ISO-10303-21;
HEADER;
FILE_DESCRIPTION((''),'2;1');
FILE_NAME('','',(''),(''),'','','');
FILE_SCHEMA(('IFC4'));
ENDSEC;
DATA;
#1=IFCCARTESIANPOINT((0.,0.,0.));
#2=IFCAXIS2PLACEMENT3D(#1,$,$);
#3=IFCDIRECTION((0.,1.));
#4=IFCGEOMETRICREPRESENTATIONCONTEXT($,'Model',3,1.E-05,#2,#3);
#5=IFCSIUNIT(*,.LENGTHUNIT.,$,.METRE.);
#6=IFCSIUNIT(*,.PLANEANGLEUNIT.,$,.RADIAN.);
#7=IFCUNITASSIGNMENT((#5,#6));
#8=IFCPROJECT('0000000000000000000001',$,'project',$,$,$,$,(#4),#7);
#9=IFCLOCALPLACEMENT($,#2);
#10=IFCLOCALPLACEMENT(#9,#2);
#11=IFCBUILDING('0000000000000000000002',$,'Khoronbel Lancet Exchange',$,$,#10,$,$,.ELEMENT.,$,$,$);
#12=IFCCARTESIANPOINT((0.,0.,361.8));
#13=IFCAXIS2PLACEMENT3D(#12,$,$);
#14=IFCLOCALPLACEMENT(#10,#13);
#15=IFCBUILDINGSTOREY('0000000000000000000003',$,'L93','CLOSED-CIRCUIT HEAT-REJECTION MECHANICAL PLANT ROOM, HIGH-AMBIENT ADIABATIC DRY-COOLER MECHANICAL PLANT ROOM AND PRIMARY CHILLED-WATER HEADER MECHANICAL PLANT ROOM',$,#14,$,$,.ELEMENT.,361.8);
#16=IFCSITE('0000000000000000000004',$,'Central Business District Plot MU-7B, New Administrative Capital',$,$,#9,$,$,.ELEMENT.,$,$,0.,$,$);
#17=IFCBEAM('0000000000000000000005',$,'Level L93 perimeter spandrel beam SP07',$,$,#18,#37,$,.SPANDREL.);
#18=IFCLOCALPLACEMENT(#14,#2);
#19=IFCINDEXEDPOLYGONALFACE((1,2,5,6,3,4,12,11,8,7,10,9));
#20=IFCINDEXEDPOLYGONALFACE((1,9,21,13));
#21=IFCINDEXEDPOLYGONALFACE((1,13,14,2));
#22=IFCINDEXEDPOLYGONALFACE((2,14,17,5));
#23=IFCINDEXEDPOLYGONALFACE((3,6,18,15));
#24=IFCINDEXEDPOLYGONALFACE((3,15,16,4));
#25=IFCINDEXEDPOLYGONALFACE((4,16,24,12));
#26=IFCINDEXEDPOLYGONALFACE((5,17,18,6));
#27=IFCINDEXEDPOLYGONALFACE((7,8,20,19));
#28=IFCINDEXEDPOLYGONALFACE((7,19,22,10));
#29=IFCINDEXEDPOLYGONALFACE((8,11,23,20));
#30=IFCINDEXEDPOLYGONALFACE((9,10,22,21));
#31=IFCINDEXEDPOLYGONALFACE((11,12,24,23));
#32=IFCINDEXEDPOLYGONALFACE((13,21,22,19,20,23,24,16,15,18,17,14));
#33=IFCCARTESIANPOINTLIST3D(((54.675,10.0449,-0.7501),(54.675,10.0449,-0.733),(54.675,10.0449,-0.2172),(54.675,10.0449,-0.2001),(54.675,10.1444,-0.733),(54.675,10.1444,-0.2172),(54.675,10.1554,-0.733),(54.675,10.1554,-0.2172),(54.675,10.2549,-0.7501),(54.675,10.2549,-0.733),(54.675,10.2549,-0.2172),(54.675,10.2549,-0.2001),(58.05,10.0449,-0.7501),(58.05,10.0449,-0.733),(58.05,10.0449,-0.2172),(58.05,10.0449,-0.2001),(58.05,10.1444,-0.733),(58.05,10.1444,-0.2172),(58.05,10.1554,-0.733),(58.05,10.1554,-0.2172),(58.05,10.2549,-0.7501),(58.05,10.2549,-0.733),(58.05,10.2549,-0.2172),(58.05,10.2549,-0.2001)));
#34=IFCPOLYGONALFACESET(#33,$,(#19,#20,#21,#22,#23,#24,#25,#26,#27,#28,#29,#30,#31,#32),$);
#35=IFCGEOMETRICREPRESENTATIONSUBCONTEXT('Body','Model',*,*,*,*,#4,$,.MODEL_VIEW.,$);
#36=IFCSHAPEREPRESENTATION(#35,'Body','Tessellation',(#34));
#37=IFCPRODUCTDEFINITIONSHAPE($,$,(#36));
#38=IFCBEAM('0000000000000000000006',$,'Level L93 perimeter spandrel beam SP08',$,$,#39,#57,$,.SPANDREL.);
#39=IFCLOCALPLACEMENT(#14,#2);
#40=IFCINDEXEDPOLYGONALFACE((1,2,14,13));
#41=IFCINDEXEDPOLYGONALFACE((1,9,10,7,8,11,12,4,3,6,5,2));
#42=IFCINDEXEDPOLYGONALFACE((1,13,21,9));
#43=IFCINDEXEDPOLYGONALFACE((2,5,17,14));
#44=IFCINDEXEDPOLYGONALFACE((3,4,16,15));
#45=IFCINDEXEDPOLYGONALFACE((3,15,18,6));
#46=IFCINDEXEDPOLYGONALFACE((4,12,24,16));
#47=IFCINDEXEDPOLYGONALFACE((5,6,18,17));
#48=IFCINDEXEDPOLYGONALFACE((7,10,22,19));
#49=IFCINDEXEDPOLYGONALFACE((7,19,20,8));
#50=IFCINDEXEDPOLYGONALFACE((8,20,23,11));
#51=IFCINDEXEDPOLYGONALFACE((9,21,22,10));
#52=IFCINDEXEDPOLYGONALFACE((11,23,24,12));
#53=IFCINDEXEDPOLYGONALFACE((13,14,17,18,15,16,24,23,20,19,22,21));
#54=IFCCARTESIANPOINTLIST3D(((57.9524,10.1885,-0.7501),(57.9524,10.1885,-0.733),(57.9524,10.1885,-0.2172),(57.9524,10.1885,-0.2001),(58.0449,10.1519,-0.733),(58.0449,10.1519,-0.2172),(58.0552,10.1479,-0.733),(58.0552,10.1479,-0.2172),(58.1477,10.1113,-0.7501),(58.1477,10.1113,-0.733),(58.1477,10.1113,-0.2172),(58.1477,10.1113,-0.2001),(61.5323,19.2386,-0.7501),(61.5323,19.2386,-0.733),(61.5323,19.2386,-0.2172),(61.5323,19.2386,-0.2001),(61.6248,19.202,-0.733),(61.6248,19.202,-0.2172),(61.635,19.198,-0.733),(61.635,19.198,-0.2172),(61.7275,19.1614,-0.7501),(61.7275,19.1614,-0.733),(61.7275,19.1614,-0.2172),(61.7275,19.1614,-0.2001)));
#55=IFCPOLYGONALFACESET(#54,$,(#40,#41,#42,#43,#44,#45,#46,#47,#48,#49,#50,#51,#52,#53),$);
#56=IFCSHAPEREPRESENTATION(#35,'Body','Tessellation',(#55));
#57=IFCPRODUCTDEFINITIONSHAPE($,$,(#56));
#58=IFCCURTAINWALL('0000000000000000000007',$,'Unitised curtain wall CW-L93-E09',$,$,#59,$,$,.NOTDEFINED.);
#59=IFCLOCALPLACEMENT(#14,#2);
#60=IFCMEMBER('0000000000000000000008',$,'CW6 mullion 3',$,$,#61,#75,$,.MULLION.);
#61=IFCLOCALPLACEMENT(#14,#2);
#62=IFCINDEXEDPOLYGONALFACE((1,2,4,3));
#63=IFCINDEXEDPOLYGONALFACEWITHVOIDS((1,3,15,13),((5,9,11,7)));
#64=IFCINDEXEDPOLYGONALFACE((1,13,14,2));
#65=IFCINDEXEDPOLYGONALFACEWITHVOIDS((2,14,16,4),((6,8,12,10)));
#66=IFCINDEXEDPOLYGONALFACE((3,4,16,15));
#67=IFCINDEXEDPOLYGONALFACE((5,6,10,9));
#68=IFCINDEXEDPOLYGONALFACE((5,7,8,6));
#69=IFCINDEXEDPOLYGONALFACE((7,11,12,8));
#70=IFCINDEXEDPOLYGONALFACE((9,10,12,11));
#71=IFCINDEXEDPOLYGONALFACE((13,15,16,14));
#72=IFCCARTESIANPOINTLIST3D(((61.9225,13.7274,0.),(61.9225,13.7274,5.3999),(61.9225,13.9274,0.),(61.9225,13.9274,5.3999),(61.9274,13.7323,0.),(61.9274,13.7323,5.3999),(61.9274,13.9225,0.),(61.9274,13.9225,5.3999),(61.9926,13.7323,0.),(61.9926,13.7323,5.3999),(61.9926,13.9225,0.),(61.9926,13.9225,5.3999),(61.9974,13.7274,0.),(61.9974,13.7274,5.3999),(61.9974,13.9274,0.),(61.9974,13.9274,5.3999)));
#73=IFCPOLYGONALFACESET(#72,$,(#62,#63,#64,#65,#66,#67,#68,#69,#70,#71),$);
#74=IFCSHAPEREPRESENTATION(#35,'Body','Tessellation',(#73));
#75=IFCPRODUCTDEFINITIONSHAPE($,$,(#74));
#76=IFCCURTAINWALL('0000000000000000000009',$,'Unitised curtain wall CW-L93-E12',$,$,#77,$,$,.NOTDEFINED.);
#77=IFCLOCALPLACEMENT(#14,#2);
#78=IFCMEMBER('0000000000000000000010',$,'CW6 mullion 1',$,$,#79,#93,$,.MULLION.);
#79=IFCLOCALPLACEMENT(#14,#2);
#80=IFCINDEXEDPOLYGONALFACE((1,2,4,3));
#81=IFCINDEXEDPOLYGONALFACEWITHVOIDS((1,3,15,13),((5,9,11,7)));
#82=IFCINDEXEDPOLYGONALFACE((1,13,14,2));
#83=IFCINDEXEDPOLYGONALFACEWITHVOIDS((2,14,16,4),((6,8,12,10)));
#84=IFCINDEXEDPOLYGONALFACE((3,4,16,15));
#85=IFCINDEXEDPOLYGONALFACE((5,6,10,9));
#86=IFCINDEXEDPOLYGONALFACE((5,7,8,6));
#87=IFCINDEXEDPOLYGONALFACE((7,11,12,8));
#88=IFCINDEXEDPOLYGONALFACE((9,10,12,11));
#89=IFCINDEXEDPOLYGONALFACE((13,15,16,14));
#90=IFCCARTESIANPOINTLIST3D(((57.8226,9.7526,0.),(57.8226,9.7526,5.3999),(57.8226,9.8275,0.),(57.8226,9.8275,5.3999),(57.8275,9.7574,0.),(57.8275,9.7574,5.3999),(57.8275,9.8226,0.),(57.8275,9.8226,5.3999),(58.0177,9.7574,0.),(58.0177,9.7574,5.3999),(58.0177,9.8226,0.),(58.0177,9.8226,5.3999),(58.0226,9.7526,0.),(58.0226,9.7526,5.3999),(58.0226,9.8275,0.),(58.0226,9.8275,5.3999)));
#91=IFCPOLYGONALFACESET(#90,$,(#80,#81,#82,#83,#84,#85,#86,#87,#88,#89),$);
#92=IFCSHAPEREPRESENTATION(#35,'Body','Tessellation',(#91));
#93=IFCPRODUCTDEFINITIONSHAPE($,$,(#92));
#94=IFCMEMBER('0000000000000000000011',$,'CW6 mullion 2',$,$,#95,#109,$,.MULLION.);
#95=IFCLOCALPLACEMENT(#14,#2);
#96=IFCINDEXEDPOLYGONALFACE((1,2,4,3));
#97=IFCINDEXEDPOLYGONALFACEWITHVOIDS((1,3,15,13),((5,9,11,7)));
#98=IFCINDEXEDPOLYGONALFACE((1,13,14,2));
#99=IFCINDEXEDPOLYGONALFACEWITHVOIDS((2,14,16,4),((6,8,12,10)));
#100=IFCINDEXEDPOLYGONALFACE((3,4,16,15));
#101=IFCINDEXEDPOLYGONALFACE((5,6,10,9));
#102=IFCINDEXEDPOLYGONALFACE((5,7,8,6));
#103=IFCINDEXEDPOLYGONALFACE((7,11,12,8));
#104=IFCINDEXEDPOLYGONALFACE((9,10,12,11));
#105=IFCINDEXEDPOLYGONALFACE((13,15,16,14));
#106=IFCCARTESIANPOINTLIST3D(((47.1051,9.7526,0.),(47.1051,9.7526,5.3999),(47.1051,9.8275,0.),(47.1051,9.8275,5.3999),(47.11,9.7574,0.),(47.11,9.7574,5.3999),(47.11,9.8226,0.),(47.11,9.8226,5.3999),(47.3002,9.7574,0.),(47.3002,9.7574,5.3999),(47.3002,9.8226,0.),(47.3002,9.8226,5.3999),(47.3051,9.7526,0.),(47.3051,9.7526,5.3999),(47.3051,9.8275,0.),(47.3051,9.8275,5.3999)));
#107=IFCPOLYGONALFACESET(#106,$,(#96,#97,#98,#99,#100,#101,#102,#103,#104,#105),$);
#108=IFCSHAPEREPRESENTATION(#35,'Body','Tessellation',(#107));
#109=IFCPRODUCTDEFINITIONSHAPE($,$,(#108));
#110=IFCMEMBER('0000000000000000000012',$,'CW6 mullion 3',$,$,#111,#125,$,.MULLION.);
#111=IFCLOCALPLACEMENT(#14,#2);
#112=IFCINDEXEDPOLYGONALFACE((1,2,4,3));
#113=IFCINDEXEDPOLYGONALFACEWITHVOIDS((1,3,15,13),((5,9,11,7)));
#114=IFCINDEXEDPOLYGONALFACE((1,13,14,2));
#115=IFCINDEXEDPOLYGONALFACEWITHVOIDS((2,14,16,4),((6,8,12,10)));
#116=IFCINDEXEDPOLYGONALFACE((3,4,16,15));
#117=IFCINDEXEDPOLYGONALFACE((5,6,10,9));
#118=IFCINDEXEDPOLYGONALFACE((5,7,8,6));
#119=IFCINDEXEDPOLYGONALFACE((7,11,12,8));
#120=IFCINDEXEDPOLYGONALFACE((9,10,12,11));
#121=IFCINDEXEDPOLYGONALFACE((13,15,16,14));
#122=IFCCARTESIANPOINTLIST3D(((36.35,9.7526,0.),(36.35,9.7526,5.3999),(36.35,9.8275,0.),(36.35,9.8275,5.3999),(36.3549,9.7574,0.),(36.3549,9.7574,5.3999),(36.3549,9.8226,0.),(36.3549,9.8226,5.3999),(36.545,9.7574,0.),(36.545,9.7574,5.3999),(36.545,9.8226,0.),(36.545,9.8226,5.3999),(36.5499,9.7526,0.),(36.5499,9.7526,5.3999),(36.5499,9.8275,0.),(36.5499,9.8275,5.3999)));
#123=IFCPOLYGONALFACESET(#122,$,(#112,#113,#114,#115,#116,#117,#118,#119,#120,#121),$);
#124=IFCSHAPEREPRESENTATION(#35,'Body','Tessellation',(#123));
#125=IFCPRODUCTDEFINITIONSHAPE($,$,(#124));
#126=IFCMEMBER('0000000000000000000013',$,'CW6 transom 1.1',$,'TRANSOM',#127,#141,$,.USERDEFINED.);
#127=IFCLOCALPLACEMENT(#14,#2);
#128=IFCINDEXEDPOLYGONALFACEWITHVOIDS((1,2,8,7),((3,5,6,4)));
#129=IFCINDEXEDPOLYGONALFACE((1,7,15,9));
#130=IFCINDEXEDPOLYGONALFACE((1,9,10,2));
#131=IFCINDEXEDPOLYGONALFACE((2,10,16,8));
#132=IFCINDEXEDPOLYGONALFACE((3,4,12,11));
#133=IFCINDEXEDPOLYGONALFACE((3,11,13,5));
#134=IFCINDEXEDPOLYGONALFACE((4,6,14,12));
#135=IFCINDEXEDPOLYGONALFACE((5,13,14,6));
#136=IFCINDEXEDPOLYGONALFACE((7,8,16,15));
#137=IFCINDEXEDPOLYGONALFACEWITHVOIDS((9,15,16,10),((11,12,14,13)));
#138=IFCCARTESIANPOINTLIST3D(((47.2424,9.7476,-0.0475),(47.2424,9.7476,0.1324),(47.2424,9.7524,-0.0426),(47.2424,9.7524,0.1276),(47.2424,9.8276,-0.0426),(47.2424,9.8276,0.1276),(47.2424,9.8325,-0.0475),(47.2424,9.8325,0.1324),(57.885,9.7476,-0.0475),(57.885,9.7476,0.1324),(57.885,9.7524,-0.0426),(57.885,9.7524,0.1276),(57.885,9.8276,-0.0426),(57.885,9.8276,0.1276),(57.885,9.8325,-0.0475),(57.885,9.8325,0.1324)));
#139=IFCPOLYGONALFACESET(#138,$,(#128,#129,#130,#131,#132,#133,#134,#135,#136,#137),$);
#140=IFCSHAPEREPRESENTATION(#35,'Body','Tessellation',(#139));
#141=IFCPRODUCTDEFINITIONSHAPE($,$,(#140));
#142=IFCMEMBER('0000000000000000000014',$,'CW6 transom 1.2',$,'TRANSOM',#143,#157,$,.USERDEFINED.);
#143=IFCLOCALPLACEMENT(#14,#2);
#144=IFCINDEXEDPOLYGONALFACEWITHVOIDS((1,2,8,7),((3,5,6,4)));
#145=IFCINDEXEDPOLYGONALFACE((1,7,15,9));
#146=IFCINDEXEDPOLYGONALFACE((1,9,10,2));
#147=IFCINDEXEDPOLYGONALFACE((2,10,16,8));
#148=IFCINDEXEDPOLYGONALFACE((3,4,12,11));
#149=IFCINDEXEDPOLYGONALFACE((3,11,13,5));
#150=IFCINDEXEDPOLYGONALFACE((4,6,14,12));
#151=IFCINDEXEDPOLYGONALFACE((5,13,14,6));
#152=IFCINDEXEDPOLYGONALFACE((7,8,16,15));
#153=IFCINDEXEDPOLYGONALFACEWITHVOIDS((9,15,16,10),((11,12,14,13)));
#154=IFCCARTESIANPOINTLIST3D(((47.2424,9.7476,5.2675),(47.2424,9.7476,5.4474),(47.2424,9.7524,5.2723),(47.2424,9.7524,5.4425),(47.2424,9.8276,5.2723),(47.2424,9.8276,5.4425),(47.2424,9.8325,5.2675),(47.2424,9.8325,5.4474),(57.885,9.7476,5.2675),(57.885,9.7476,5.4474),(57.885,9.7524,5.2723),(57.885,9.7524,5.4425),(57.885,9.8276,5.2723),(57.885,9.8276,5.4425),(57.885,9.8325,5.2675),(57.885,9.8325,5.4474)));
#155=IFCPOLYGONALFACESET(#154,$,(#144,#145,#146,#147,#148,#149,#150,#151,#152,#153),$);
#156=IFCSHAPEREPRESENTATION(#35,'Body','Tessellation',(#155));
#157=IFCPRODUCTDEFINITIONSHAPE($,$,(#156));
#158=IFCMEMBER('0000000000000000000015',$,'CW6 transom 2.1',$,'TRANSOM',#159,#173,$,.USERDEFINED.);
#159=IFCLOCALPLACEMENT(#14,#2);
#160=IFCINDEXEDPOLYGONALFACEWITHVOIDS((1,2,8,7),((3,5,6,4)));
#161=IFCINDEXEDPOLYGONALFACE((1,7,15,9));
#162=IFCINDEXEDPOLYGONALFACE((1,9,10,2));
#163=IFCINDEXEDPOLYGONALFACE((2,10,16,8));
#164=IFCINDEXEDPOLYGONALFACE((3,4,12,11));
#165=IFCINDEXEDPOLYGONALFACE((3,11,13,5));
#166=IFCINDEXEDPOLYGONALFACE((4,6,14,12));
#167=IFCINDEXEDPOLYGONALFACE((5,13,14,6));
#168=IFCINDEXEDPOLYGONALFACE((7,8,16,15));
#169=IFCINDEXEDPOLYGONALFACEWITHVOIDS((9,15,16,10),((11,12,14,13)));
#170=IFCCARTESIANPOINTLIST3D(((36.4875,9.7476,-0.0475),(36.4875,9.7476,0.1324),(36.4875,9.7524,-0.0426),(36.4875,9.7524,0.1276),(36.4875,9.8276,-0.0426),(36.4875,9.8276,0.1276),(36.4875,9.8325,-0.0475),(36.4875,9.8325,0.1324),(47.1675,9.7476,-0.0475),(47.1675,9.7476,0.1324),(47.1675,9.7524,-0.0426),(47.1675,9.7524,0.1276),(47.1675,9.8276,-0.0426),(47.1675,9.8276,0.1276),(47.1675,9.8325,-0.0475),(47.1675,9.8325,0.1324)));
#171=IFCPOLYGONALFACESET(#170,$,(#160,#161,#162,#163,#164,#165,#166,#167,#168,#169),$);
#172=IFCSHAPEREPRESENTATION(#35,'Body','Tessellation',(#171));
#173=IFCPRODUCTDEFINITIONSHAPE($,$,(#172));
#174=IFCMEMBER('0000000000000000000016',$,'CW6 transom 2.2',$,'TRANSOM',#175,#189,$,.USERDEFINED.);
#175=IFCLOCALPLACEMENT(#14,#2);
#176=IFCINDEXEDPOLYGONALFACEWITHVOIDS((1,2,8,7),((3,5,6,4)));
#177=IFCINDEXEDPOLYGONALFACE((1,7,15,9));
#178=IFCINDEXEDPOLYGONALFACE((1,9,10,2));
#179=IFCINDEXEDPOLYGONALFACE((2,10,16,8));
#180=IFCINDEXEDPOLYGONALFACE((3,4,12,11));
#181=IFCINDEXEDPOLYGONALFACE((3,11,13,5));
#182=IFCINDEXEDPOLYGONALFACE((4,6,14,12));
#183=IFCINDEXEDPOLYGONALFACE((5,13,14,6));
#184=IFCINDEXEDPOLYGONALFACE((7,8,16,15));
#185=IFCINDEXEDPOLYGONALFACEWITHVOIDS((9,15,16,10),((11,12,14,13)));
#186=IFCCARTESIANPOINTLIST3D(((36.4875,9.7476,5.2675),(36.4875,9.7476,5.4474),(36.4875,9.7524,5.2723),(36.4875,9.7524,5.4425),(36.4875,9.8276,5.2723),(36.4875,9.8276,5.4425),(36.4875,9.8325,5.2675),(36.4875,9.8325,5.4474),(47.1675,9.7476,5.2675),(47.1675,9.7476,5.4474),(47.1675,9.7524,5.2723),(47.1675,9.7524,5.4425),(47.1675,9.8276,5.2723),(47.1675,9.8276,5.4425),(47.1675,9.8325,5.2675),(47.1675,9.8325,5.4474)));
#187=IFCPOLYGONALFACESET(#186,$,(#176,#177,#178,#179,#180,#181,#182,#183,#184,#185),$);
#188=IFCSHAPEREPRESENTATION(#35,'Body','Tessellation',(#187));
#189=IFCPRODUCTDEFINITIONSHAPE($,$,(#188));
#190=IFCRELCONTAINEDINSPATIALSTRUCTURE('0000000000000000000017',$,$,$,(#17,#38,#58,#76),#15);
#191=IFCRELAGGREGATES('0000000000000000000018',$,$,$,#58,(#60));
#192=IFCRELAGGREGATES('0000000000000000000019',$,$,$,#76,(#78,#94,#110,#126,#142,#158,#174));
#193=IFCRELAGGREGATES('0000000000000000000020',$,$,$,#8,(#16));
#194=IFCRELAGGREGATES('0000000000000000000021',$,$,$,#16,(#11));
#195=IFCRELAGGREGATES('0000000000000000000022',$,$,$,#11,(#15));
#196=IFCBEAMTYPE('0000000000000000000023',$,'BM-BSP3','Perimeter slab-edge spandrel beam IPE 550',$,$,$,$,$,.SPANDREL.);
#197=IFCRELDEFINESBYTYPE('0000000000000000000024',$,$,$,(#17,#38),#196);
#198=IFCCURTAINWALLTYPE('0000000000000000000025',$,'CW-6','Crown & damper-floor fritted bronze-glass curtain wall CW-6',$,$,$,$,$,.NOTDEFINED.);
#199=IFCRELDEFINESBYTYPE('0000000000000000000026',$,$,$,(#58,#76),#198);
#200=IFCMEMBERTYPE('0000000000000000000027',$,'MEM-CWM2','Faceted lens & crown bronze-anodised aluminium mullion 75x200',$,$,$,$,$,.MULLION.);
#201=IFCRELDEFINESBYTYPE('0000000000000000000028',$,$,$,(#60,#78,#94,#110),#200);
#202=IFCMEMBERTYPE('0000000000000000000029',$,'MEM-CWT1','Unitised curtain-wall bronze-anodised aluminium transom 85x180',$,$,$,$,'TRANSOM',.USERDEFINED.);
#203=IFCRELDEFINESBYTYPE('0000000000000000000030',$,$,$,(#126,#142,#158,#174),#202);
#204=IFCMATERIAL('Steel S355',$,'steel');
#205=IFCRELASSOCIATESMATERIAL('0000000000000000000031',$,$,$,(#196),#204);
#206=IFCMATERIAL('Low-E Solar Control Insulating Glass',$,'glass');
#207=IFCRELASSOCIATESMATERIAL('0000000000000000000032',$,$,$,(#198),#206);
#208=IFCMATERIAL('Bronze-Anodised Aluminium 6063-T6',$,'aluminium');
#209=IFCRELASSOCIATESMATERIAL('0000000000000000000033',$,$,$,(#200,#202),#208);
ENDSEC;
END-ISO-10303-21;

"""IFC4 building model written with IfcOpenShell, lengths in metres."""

from ifc_helpers import new_model, si_unit, direction, frame, origin, origin_2d, place, context, subcontext, project, spatial, hollow_rectangle, i_section, extrude, material, material_profile, profile_set, type_object, element, aggregate, save


model = new_model("IFC4")

# Units and contexts
model_context = context("Model", 3, precision=1e-05, world=origin(), true_north=direction((0.0, 1.0)))
body_context = subcontext(model_context, "Body", "Model", "MODEL_VIEW")
ifc_project = project(units=[si_unit("LENGTHUNIT", "METRE"), si_unit("PLANEANGLEUNIT", "RADIAN")], contexts=[model_context])

# Site, building, storey
site_placement = place(None, origin())
site = spatial("IfcSite", under=ifc_project, at=site_placement, Name="Central Business District Plot MU-7B, New Administrative Capital", CompositionType="ELEMENT", RefElevation=0.0)
building_placement = place(site_placement, origin())
building = spatial("IfcBuilding", under=site, at=building_placement, Name="Khoronbel Lancet Exchange", CompositionType="ELEMENT")
storey_placement = place(building_placement, frame((0.0, 0.0, 361.8)))
storey = spatial("IfcBuildingStorey", under=building, at=storey_placement, Name="L93", Description="CLOSED-CIRCUIT HEAT-REJECTION MECHANICAL PLANT ROOM, HIGH-AMBIENT ADIABATIC DRY-COOLER MECHANICAL PLANT ROOM AND PRIMARY CHILLED-WATER HEADER MECHANICAL PLANT ROOM", CompositionType="ELEMENT", Elevation=361.8)

# Beams
ifc_material_1 = material(Name="Steel S355", Category="steel")
ifc_material_profile_1 = material_profile(ifc_material_1, i_section(OverallWidth=0.21, OverallDepth=0.55, WebThickness=0.011, FlangeThickness=0.0171, at=origin_2d()), Name="IPE 550")
ifc_profile_set_1 = profile_set([ifc_material_profile_1], Name="Steel S355")
beam_type_1 = type_object("IfcBeamType", Name="BM-BSP3", Description="Perimeter slab-edge spandrel beam IPE 550", PredefinedType="SPANDREL", material=ifc_profile_set_1)
beam_1_placement = place(storey_placement, frame((54.675, 10.1499, -0.4751), z_axis=(1.0, 0.0, 0.0), x_axis=(0.0, 1.0, 0.0)))
element("IfcBeam", 1, at=beam_1_placement, inside=storey, type_object=beam_type_1, Name="Level L93 perimeter spandrel beam SP07", PredefinedType="SPANDREL", context=body_context, shape_type="SweptSolid", body=[
    extrude(i_section(OverallWidth=0.21, OverallDepth=0.55, WebThickness=0.011, FlangeThickness=0.0171, at=origin_2d()), origin(), (0.0, 0.0, 1.0), 3.375),
])
beam_2_placement = place(storey_placement, frame((58.05, 10.1499, -0.4751), z_axis=(0.367828, 0.929894, 0.0), x_axis=(-0.929894, 0.367828, 0.0)))
element("IfcBeam", 2, at=beam_2_placement, inside=storey, type_object=beam_type_1, Name="Level L93 perimeter spandrel beam SP08", PredefinedType="SPANDREL", context=body_context, shape_type="SweptSolid", body=[
    extrude(i_section(OverallWidth=0.21, OverallDepth=0.55, WebThickness=0.011, FlangeThickness=0.0171, at=origin_2d()), origin(), (0.0, 0.0, 1.0), 9.7324),
])

# Curtain wall, member
ifc_material_2 = material(Name="Low-E Solar Control Insulating Glass", Category="glass")
curtain_wall_type = type_object("IfcCurtainWallType", Name="CW-6", Description="Crown & damper-floor fritted bronze-glass curtain wall CW-6", PredefinedType="NOTDEFINED", material=ifc_material_2)
curtain_wall_1_placement = place(storey_placement, origin())
curtain_wall_1 = element("IfcCurtainWall", 3, at=curtain_wall_1_placement, inside=storey, type_object=curtain_wall_type, Name="Unitised curtain wall CW-L93-E09", PredefinedType="NOTDEFINED")
ifc_material_3 = material(Name="Bronze-Anodised Aluminium 6063-T6", Category="aluminium")
ifc_material_profile_2 = material_profile(ifc_material_3, hollow_rectangle(XDim=0.075, YDim=0.2, WallThickness=0.0049, at=origin_2d()), Name="ALU MULLION 75x200")
ifc_profile_set_2 = profile_set([ifc_material_profile_2], Name="Bronze-Anodised Aluminium 6063-T6")
member_type_1 = type_object("IfcMemberType", Name="MEM-CWM2", Description="Faceted lens & crown bronze-anodised aluminium mullion 75x200", PredefinedType="MULLION", material=ifc_profile_set_2)
member_1_placement = place(storey_placement, frame((61.96, 13.8274, 0.0), z_axis=(0.0, 0.0, 1.0), x_axis=(1.0, 0.0, 0.0)))
member_1 = element("IfcMember", 4, at=member_1_placement, type_object=member_type_1, Name="CW6 mullion 3", PredefinedType="MULLION", context=body_context, shape_type="SweptSolid", body=[
    extrude(hollow_rectangle(XDim=0.075, YDim=0.2, WallThickness=0.0049, at=origin_2d()), origin(), (0.0, 0.0, 1.0), 5.3999),
])
aggregate(curtain_wall_1, [member_1])

# Curtain wall, members
curtain_wall_2_placement = place(storey_placement, origin())
curtain_wall_2 = element("IfcCurtainWall", 5, at=curtain_wall_2_placement, inside=storey, type_object=curtain_wall_type, Name="Unitised curtain wall CW-L93-E12", PredefinedType="NOTDEFINED")
member_2_placement = place(storey_placement, frame((57.9226, 9.79, 0.0), z_axis=(0.0, 0.0, 1.0), x_axis=(0.0, -1.0, 0.0)))
member_2 = element("IfcMember", 6, at=member_2_placement, type_object=member_type_1, Name="CW6 mullion 1", PredefinedType="MULLION", context=body_context, shape_type="SweptSolid", body=[
    extrude(hollow_rectangle(XDim=0.075, YDim=0.2, WallThickness=0.0049, at=origin_2d()), origin(), (0.0, 0.0, 1.0), 5.3999),
])
member_3_placement = place(storey_placement, frame((47.2051, 9.79, 0.0), z_axis=(0.0, 0.0, 1.0), x_axis=(0.0, -1.0, 0.0)))
member_3 = element("IfcMember", 7, at=member_3_placement, type_object=member_type_1, Name="CW6 mullion 2", PredefinedType="MULLION", context=body_context, shape_type="SweptSolid", body=[
    extrude(hollow_rectangle(XDim=0.075, YDim=0.2, WallThickness=0.0049, at=origin_2d()), origin(), (0.0, 0.0, 1.0), 5.3999),
])
member_4_placement = place(storey_placement, frame((36.45, 9.79, 0.0), z_axis=(0.0, 0.0, 1.0), x_axis=(0.0, -1.0, 0.0)))
member_4 = element("IfcMember", 8, at=member_4_placement, type_object=member_type_1, Name="CW6 mullion 3", PredefinedType="MULLION", context=body_context, shape_type="SweptSolid", body=[
    extrude(hollow_rectangle(XDim=0.075, YDim=0.2, WallThickness=0.0049, at=origin_2d()), origin(), (0.0, 0.0, 1.0), 5.3999),
])
ifc_material_profile_3 = material_profile(ifc_material_3, hollow_rectangle(XDim=0.085, YDim=0.1799, WallThickness=0.0049, at=origin_2d()), Name="ALU TRANSOM 85x180")
ifc_profile_set_3 = profile_set([ifc_material_profile_3], Name="Bronze-Anodised Aluminium 6063-T6")
member_type_2 = type_object("IfcMemberType", Name="MEM-CWT1", Description="Unitised curtain-wall bronze-anodised aluminium transom 85x180", ElementType="TRANSOM", PredefinedType="USERDEFINED", material=ifc_profile_set_3)
member_5_placement = place(storey_placement, frame((57.885, 9.79, 0.0425), z_axis=(-1.0, 0.0, 0.0), x_axis=(0.0, -1.0, 0.0)))
member_5 = element("IfcMember", 9, at=member_5_placement, type_object=member_type_2, Name="CW6 transom 1.1", ObjectType="TRANSOM", PredefinedType="USERDEFINED", context=body_context, shape_type="SweptSolid", body=[
    extrude(hollow_rectangle(XDim=0.085, YDim=0.1799, WallThickness=0.0049, at=origin_2d()), origin(), (0.0, 0.0, 1.0), 10.6426),
])
member_6_placement = place(storey_placement, frame((57.885, 9.79, 5.3574), z_axis=(-1.0, 0.0, 0.0), x_axis=(0.0, -1.0, 0.0)))
member_6 = element("IfcMember", 10, at=member_6_placement, type_object=member_type_2, Name="CW6 transom 1.2", ObjectType="TRANSOM", PredefinedType="USERDEFINED", context=body_context, shape_type="SweptSolid", body=[
    extrude(hollow_rectangle(XDim=0.085, YDim=0.1799, WallThickness=0.0049, at=origin_2d()), origin(), (0.0, 0.0, 1.0), 10.6426),
])
member_7_placement = place(storey_placement, frame((47.1675, 9.79, 0.0425), z_axis=(-1.0, 0.0, 0.0), x_axis=(0.0, -1.0, 0.0)))
member_7 = element("IfcMember", 11, at=member_7_placement, type_object=member_type_2, Name="CW6 transom 2.1", ObjectType="TRANSOM", PredefinedType="USERDEFINED", context=body_context, shape_type="SweptSolid", body=[
    extrude(hollow_rectangle(XDim=0.085, YDim=0.1799, WallThickness=0.0049, at=origin_2d()), origin(), (0.0, 0.0, 1.0), 10.6799),
])
member_8_placement = place(storey_placement, frame((47.1675, 9.79, 5.3574), z_axis=(-1.0, 0.0, 0.0), x_axis=(0.0, -1.0, 0.0)))
member_8 = element("IfcMember", 12, at=member_8_placement, type_object=member_type_2, Name="CW6 transom 2.2", ObjectType="TRANSOM", PredefinedType="USERDEFINED", context=body_context, shape_type="SweptSolid", body=[
    extrude(hollow_rectangle(XDim=0.085, YDim=0.1799, WallThickness=0.0049, at=origin_2d()), origin(), (0.0, 0.0, 1.0), 10.6799),
])

aggregate(curtain_wall_2, [member_2, member_3, member_4, member_5, member_6, member_7, member_8])

save(model, "model.ifc")
